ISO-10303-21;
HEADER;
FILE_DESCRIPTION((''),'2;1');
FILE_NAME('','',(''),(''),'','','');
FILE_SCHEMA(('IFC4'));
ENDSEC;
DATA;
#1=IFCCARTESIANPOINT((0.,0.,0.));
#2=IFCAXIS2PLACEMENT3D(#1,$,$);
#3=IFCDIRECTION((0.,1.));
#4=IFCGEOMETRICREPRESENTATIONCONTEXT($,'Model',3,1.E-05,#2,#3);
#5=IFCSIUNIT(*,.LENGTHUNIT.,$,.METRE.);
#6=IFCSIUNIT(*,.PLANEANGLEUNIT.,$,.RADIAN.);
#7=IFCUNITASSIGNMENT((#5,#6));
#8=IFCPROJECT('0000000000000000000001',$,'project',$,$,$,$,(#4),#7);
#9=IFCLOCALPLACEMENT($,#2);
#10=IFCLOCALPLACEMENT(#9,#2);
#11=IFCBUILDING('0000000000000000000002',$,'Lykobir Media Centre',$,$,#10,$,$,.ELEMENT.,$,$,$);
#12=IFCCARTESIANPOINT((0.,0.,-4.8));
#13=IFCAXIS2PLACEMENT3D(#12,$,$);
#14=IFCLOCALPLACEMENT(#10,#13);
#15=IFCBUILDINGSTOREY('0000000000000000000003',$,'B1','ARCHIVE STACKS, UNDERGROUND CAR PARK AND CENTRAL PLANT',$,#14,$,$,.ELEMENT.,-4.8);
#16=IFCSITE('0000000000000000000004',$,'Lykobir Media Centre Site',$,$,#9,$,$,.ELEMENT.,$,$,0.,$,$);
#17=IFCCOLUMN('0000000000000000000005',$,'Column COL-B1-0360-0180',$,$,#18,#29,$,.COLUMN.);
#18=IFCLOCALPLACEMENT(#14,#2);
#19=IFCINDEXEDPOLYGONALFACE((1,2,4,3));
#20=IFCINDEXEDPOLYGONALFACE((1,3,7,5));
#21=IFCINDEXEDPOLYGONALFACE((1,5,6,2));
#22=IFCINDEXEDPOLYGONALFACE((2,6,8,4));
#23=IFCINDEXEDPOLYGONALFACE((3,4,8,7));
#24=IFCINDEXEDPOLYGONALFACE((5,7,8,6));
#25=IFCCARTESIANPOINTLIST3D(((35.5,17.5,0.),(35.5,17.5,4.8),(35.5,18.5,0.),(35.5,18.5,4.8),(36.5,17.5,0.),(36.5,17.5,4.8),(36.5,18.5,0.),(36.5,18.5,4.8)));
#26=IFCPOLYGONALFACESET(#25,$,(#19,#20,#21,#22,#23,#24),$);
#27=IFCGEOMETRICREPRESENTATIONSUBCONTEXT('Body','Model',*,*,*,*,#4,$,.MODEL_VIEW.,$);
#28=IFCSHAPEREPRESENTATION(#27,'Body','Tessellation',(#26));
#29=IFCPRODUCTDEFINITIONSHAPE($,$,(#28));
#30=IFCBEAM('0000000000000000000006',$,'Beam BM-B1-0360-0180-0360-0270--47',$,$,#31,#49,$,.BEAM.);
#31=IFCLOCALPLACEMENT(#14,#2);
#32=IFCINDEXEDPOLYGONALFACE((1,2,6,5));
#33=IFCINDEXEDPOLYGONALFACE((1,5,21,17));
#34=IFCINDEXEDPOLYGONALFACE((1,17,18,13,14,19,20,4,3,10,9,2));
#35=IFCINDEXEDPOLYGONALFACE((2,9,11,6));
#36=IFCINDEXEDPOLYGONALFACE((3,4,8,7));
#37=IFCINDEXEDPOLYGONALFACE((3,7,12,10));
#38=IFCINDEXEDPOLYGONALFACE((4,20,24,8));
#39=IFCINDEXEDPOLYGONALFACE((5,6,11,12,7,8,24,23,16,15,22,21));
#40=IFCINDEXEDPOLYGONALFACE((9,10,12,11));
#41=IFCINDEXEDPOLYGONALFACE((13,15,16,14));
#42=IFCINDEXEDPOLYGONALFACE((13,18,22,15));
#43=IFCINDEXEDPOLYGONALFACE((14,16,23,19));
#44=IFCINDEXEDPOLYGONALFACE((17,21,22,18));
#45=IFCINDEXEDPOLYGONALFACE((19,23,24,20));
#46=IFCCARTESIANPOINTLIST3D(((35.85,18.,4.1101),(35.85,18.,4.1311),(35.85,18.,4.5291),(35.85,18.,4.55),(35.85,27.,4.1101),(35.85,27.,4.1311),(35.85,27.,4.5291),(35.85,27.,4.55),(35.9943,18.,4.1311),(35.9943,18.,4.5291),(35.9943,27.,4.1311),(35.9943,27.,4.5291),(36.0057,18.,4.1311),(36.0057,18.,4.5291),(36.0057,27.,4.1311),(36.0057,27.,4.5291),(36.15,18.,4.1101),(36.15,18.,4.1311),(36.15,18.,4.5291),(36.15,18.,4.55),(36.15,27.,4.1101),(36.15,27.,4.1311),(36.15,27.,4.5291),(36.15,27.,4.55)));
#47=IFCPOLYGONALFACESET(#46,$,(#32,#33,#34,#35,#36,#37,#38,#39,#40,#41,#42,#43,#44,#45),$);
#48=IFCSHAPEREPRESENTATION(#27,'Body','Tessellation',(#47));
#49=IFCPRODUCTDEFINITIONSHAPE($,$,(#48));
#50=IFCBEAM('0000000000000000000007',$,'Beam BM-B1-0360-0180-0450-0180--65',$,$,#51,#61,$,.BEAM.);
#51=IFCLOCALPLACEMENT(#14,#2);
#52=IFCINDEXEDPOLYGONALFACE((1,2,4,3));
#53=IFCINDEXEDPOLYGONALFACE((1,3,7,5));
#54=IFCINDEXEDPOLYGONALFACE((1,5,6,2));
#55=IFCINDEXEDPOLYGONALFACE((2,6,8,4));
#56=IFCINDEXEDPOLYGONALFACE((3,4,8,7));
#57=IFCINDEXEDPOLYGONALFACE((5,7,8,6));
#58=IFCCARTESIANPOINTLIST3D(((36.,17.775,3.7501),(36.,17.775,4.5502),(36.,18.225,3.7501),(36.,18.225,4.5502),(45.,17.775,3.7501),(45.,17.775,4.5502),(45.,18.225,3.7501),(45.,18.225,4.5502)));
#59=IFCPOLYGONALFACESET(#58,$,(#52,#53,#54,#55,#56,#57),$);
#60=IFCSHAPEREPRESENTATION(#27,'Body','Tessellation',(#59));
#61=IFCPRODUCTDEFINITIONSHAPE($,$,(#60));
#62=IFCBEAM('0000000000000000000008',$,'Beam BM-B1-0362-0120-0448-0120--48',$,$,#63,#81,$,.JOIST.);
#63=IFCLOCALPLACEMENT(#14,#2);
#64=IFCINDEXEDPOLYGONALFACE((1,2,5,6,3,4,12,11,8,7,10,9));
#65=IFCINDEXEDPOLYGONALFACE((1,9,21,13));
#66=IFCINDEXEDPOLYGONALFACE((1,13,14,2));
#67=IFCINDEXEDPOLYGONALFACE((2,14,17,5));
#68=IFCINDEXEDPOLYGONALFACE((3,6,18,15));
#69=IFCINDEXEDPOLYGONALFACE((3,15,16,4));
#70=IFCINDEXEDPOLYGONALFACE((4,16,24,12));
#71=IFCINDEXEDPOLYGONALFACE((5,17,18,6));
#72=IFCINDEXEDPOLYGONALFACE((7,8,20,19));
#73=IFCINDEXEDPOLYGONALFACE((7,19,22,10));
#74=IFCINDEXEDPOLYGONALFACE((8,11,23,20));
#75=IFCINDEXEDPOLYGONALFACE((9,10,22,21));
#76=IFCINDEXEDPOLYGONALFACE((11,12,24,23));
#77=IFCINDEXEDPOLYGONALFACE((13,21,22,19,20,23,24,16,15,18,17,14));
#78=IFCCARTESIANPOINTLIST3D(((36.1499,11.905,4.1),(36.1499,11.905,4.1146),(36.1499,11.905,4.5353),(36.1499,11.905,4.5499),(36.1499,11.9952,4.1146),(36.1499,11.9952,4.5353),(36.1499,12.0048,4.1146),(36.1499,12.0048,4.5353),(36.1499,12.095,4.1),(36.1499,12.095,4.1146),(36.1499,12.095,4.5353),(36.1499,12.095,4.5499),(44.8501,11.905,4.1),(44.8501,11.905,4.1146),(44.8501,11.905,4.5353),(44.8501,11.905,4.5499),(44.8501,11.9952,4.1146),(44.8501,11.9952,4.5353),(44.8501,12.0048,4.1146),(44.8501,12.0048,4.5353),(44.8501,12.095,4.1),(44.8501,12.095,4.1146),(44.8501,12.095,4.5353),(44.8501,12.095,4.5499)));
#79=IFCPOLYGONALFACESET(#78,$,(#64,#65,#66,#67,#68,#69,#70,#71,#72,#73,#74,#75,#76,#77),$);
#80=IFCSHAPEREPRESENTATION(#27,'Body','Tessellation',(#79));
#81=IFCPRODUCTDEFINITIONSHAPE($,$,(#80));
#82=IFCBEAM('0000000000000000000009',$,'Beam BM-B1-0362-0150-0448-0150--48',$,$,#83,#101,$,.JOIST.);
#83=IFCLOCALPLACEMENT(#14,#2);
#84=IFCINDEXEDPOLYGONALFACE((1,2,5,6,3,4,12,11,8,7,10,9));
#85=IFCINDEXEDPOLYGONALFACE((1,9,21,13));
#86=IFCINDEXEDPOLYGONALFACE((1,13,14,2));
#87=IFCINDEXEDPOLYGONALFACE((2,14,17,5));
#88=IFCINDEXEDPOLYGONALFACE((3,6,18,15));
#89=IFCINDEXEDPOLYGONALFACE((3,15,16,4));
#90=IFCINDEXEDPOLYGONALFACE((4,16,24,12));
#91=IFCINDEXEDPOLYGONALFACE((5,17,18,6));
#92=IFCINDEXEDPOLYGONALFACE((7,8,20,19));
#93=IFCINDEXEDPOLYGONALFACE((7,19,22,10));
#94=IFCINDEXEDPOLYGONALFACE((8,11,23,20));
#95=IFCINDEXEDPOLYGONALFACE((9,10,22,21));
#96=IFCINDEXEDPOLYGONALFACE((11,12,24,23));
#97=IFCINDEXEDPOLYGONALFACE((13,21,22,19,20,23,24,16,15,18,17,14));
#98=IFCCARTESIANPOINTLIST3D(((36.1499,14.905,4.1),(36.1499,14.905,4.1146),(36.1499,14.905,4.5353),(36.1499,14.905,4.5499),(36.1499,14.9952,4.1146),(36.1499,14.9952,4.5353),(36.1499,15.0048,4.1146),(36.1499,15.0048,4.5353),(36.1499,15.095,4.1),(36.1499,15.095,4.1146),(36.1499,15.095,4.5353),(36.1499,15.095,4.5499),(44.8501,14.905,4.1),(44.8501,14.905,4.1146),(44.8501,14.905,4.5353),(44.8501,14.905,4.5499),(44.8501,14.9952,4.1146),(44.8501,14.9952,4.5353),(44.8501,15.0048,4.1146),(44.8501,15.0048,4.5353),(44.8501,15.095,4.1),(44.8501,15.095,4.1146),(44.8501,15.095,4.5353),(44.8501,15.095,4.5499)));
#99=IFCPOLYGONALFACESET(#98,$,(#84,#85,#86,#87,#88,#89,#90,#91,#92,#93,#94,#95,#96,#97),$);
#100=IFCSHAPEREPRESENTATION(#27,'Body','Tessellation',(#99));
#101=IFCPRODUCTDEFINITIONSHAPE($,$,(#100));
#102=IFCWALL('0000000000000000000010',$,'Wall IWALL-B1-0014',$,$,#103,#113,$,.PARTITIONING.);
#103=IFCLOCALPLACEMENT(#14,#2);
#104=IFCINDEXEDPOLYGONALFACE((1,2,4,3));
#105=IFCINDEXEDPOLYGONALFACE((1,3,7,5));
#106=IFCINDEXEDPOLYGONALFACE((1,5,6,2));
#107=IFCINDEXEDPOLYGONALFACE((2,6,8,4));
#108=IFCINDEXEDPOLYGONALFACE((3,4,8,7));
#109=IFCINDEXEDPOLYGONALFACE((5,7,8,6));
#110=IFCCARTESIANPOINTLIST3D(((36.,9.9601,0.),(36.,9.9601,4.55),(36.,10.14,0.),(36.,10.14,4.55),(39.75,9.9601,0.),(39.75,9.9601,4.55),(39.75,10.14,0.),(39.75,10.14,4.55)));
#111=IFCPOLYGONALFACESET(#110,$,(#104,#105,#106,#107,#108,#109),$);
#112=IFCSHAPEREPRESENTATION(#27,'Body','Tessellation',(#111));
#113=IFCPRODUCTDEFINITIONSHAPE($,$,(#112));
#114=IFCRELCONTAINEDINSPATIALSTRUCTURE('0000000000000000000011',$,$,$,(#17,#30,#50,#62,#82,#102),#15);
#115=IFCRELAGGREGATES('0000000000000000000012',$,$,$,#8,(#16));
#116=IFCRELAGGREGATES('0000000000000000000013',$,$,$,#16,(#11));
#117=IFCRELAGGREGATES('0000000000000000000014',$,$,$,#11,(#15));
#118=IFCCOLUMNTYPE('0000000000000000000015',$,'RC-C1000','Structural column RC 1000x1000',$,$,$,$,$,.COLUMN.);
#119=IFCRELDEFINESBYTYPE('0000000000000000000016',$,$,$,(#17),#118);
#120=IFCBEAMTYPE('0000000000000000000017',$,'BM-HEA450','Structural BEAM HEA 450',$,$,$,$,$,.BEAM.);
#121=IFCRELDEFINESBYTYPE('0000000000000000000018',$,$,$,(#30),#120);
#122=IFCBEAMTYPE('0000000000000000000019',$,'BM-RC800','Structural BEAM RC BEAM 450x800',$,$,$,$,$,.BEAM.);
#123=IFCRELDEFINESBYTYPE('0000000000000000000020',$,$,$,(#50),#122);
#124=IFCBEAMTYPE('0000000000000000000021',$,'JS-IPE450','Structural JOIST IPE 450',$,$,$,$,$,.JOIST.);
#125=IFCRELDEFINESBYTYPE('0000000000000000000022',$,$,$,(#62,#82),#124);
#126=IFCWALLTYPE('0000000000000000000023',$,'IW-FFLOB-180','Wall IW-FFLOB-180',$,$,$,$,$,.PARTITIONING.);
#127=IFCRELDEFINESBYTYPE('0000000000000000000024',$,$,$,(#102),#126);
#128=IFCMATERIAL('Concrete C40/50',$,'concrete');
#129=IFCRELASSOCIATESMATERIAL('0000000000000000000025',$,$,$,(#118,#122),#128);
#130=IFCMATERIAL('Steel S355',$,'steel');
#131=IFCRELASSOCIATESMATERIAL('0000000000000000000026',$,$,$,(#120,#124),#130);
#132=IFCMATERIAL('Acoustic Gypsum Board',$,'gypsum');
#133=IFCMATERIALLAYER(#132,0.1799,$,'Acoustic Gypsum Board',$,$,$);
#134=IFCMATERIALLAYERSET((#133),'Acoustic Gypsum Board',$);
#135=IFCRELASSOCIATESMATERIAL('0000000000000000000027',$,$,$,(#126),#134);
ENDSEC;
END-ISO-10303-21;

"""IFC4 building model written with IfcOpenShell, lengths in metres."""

from ifc_helpers import new_model, si_unit, direction, frame, frame_2d, origin, origin_2d, place, context, subcontext, project, spatial, rectangle, i_section, extrude, material, layer, layer_set, material_profile, profile_set, type_object, element, save


model = new_model("IFC4")

# Units and contexts
model_context = context("Model", 3, precision=1e-05, world=origin(), true_north=direction((0.0, 1.0)))
body_context = subcontext(model_context, "Body", "Model", "MODEL_VIEW")
ifc_project = project(units=[si_unit("LENGTHUNIT", "METRE"), si_unit("PLANEANGLEUNIT", "RADIAN")], contexts=[model_context])

# Site, building, storey
site_placement = place(None, origin())
site = spatial("IfcSite", under=ifc_project, at=site_placement, Name="Lykobir Media Centre Site", CompositionType="ELEMENT", RefElevation=0.0)
building_placement = place(site_placement, origin())
building = spatial("IfcBuilding", under=site, at=building_placement, Name="Lykobir Media Centre", CompositionType="ELEMENT")
storey_placement = place(building_placement, frame((0.0, 0.0, -4.8)))
storey = spatial("IfcBuildingStorey", under=building, at=storey_placement, Name="B1", Description="ARCHIVE STACKS, UNDERGROUND CAR PARK AND CENTRAL PLANT", CompositionType="ELEMENT", Elevation=-4.8)

# Column
ifc_material_1 = material(Name="Concrete C40/50", Category="concrete")
ifc_material_profile_1 = material_profile(ifc_material_1, rectangle(XDim=1.0, YDim=1.0, at=origin_2d()), Name="RC 1000x1000")
ifc_profile_set_1 = profile_set([ifc_material_profile_1], Name="Concrete C40/50")
column_type = type_object("IfcColumnType", Name="RC-C1000", Description="Structural column RC 1000x1000", PredefinedType="COLUMN", material=ifc_profile_set_1)
column_placement = place(storey_placement, frame((36.0, 18.0, 0.0), z_axis=(0.0, 0.0, 1.0), x_axis=(1.0, 0.0, 0.0)))
element("IfcColumn", 1, at=column_placement, inside=storey, type_object=column_type, Name="Column COL-B1-0360-0180", PredefinedType="COLUMN", context=body_context, shape_type="SweptSolid", body=[
    extrude(rectangle(XDim=1.0, YDim=1.0, at=origin_2d()), origin(), (0.0, 0.0, 1.0), 4.8),
])

# Beams
ifc_material_2 = material(Name="Steel S355", Category="steel")
ifc_material_profile_2 = material_profile(ifc_material_2, i_section(OverallWidth=0.3, OverallDepth=0.4399, WebThickness=0.0115, FlangeThickness=0.021, at=origin_2d()), Name="HEA 450")
ifc_profile_set_2 = profile_set([ifc_material_profile_2], Name="Steel S355")
beam_type_1 = type_object("IfcBeamType", Name="BM-HEA450", Description="Structural BEAM HEA 450", PredefinedType="BEAM", material=ifc_profile_set_2)
beam_1_placement = place(storey_placement, frame((36.0, 18.0, 4.3301), z_axis=(0.0, 1.0, 0.0), x_axis=(-1.0, 0.0, 0.0)))
element("IfcBeam", 2, at=beam_1_placement, inside=storey, type_object=beam_type_1, Name="Beam BM-B1-0360-0180-0360-0270--47", PredefinedType="BEAM", context=body_context, shape_type="SweptSolid", body=[
    extrude(i_section(OverallWidth=0.3, OverallDepth=0.4399, WebThickness=0.0115, FlangeThickness=0.021, at=origin_2d()), origin(), (0.0, 0.0, 1.0), 9.0),
])
ifc_material_profile_3 = material_profile(ifc_material_1, rectangle(XDim=0.45, YDim=0.8, at=origin_2d()), Name="RC BEAM 450x800")
ifc_profile_set_3 = profile_set([ifc_material_profile_3], Name="Concrete C40/50")
beam_type_2 = type_object("IfcBeamType", Name="BM-RC800", Description="Structural BEAM RC BEAM 450x800", PredefinedType="BEAM", material=ifc_profile_set_3)
beam_2_placement = place(storey_placement, frame((36.0, 18.0, 4.1501), z_axis=(1.0, 0.0, 0.0), x_axis=(0.0, 1.0, 0.0)))
element("IfcBeam", 3, at=beam_2_placement, inside=storey, type_object=beam_type_2, Name="Beam BM-B1-0360-0180-0450-0180--65", PredefinedType="BEAM", context=body_context, shape_type="SweptSolid", body=[
    extrude(rectangle(XDim=0.45, YDim=0.8, at=origin_2d()), origin(), (0.0, 0.0, 1.0), 9.0),
])
ifc_material_profile_4 = material_profile(ifc_material_2, i_section(OverallWidth=0.1899, OverallDepth=0.45, WebThickness=0.0095, FlangeThickness=0.0146, at=origin_2d()), Name="IPE 450")
ifc_profile_set_4 = profile_set([ifc_material_profile_4], Name="Steel S355")
beam_type_3 = type_object("IfcBeamType", Name="JS-IPE450", Description="Structural JOIST IPE 450", PredefinedType="JOIST", material=ifc_profile_set_4)
for number, where, z_axis, x_axis, name in (
    (4, (36.1499, 12.0, 4.325), (1.0, 0.0, 0.0), (0.0, 1.0, 0.0), "Beam BM-B1-0362-0120-0448-0120--48"),
    (5, (36.1499, 15.0, 4.325), (1.0, 0.0, 0.0), (0.0, 1.0, 0.0), "Beam BM-B1-0362-0150-0448-0150--48"),
):
    element("IfcBeam", number, at=place(storey_placement, frame(where, z_axis=z_axis, x_axis=x_axis)), inside=storey, type_object=beam_type_3, Name=name, PredefinedType="JOIST", context=body_context, shape_type="SweptSolid", body=[
        extrude(i_section(OverallWidth=0.1899, OverallDepth=0.45, WebThickness=0.0095, FlangeThickness=0.0146, at=origin_2d()), origin(), (0.0, 0.0, 1.0), 8.7002),
    ])

# Wall
ifc_material_3 = material(Name="Acoustic Gypsum Board", Category="gypsum")
ifc_layer_1 = layer(ifc_material_3, 0.1799, Name="Acoustic Gypsum Board")
ifc_layer_set_1 = layer_set([ifc_layer_1], Name="Acoustic Gypsum Board")
wall_type_1 = type_object("IfcWallType", Name="IW-FFLOB-180", Description="Wall IW-FFLOB-180", PredefinedType="PARTITIONING", material=ifc_layer_set_1)
wall_1_placement = place(storey_placement, frame((36.0, 10.05, 0.0), z_axis=(0.0, 0.0, 1.0), x_axis=(1.0, 0.0, 0.0)))
element("IfcWall", 6, at=wall_1_placement, inside=storey, type_object=wall_type_1, Name="Wall IWALL-B1-0014", PredefinedType="PARTITIONING", context=body_context, shape_type="SweptSolid", body=[
    extrude(rectangle(XDim=3.75, YDim=0.1799, at=frame_2d((1.875, 0.0))), origin(), (0.0, 0.0, 1.0), 4.55),
])

save(model, "model.ifc")
